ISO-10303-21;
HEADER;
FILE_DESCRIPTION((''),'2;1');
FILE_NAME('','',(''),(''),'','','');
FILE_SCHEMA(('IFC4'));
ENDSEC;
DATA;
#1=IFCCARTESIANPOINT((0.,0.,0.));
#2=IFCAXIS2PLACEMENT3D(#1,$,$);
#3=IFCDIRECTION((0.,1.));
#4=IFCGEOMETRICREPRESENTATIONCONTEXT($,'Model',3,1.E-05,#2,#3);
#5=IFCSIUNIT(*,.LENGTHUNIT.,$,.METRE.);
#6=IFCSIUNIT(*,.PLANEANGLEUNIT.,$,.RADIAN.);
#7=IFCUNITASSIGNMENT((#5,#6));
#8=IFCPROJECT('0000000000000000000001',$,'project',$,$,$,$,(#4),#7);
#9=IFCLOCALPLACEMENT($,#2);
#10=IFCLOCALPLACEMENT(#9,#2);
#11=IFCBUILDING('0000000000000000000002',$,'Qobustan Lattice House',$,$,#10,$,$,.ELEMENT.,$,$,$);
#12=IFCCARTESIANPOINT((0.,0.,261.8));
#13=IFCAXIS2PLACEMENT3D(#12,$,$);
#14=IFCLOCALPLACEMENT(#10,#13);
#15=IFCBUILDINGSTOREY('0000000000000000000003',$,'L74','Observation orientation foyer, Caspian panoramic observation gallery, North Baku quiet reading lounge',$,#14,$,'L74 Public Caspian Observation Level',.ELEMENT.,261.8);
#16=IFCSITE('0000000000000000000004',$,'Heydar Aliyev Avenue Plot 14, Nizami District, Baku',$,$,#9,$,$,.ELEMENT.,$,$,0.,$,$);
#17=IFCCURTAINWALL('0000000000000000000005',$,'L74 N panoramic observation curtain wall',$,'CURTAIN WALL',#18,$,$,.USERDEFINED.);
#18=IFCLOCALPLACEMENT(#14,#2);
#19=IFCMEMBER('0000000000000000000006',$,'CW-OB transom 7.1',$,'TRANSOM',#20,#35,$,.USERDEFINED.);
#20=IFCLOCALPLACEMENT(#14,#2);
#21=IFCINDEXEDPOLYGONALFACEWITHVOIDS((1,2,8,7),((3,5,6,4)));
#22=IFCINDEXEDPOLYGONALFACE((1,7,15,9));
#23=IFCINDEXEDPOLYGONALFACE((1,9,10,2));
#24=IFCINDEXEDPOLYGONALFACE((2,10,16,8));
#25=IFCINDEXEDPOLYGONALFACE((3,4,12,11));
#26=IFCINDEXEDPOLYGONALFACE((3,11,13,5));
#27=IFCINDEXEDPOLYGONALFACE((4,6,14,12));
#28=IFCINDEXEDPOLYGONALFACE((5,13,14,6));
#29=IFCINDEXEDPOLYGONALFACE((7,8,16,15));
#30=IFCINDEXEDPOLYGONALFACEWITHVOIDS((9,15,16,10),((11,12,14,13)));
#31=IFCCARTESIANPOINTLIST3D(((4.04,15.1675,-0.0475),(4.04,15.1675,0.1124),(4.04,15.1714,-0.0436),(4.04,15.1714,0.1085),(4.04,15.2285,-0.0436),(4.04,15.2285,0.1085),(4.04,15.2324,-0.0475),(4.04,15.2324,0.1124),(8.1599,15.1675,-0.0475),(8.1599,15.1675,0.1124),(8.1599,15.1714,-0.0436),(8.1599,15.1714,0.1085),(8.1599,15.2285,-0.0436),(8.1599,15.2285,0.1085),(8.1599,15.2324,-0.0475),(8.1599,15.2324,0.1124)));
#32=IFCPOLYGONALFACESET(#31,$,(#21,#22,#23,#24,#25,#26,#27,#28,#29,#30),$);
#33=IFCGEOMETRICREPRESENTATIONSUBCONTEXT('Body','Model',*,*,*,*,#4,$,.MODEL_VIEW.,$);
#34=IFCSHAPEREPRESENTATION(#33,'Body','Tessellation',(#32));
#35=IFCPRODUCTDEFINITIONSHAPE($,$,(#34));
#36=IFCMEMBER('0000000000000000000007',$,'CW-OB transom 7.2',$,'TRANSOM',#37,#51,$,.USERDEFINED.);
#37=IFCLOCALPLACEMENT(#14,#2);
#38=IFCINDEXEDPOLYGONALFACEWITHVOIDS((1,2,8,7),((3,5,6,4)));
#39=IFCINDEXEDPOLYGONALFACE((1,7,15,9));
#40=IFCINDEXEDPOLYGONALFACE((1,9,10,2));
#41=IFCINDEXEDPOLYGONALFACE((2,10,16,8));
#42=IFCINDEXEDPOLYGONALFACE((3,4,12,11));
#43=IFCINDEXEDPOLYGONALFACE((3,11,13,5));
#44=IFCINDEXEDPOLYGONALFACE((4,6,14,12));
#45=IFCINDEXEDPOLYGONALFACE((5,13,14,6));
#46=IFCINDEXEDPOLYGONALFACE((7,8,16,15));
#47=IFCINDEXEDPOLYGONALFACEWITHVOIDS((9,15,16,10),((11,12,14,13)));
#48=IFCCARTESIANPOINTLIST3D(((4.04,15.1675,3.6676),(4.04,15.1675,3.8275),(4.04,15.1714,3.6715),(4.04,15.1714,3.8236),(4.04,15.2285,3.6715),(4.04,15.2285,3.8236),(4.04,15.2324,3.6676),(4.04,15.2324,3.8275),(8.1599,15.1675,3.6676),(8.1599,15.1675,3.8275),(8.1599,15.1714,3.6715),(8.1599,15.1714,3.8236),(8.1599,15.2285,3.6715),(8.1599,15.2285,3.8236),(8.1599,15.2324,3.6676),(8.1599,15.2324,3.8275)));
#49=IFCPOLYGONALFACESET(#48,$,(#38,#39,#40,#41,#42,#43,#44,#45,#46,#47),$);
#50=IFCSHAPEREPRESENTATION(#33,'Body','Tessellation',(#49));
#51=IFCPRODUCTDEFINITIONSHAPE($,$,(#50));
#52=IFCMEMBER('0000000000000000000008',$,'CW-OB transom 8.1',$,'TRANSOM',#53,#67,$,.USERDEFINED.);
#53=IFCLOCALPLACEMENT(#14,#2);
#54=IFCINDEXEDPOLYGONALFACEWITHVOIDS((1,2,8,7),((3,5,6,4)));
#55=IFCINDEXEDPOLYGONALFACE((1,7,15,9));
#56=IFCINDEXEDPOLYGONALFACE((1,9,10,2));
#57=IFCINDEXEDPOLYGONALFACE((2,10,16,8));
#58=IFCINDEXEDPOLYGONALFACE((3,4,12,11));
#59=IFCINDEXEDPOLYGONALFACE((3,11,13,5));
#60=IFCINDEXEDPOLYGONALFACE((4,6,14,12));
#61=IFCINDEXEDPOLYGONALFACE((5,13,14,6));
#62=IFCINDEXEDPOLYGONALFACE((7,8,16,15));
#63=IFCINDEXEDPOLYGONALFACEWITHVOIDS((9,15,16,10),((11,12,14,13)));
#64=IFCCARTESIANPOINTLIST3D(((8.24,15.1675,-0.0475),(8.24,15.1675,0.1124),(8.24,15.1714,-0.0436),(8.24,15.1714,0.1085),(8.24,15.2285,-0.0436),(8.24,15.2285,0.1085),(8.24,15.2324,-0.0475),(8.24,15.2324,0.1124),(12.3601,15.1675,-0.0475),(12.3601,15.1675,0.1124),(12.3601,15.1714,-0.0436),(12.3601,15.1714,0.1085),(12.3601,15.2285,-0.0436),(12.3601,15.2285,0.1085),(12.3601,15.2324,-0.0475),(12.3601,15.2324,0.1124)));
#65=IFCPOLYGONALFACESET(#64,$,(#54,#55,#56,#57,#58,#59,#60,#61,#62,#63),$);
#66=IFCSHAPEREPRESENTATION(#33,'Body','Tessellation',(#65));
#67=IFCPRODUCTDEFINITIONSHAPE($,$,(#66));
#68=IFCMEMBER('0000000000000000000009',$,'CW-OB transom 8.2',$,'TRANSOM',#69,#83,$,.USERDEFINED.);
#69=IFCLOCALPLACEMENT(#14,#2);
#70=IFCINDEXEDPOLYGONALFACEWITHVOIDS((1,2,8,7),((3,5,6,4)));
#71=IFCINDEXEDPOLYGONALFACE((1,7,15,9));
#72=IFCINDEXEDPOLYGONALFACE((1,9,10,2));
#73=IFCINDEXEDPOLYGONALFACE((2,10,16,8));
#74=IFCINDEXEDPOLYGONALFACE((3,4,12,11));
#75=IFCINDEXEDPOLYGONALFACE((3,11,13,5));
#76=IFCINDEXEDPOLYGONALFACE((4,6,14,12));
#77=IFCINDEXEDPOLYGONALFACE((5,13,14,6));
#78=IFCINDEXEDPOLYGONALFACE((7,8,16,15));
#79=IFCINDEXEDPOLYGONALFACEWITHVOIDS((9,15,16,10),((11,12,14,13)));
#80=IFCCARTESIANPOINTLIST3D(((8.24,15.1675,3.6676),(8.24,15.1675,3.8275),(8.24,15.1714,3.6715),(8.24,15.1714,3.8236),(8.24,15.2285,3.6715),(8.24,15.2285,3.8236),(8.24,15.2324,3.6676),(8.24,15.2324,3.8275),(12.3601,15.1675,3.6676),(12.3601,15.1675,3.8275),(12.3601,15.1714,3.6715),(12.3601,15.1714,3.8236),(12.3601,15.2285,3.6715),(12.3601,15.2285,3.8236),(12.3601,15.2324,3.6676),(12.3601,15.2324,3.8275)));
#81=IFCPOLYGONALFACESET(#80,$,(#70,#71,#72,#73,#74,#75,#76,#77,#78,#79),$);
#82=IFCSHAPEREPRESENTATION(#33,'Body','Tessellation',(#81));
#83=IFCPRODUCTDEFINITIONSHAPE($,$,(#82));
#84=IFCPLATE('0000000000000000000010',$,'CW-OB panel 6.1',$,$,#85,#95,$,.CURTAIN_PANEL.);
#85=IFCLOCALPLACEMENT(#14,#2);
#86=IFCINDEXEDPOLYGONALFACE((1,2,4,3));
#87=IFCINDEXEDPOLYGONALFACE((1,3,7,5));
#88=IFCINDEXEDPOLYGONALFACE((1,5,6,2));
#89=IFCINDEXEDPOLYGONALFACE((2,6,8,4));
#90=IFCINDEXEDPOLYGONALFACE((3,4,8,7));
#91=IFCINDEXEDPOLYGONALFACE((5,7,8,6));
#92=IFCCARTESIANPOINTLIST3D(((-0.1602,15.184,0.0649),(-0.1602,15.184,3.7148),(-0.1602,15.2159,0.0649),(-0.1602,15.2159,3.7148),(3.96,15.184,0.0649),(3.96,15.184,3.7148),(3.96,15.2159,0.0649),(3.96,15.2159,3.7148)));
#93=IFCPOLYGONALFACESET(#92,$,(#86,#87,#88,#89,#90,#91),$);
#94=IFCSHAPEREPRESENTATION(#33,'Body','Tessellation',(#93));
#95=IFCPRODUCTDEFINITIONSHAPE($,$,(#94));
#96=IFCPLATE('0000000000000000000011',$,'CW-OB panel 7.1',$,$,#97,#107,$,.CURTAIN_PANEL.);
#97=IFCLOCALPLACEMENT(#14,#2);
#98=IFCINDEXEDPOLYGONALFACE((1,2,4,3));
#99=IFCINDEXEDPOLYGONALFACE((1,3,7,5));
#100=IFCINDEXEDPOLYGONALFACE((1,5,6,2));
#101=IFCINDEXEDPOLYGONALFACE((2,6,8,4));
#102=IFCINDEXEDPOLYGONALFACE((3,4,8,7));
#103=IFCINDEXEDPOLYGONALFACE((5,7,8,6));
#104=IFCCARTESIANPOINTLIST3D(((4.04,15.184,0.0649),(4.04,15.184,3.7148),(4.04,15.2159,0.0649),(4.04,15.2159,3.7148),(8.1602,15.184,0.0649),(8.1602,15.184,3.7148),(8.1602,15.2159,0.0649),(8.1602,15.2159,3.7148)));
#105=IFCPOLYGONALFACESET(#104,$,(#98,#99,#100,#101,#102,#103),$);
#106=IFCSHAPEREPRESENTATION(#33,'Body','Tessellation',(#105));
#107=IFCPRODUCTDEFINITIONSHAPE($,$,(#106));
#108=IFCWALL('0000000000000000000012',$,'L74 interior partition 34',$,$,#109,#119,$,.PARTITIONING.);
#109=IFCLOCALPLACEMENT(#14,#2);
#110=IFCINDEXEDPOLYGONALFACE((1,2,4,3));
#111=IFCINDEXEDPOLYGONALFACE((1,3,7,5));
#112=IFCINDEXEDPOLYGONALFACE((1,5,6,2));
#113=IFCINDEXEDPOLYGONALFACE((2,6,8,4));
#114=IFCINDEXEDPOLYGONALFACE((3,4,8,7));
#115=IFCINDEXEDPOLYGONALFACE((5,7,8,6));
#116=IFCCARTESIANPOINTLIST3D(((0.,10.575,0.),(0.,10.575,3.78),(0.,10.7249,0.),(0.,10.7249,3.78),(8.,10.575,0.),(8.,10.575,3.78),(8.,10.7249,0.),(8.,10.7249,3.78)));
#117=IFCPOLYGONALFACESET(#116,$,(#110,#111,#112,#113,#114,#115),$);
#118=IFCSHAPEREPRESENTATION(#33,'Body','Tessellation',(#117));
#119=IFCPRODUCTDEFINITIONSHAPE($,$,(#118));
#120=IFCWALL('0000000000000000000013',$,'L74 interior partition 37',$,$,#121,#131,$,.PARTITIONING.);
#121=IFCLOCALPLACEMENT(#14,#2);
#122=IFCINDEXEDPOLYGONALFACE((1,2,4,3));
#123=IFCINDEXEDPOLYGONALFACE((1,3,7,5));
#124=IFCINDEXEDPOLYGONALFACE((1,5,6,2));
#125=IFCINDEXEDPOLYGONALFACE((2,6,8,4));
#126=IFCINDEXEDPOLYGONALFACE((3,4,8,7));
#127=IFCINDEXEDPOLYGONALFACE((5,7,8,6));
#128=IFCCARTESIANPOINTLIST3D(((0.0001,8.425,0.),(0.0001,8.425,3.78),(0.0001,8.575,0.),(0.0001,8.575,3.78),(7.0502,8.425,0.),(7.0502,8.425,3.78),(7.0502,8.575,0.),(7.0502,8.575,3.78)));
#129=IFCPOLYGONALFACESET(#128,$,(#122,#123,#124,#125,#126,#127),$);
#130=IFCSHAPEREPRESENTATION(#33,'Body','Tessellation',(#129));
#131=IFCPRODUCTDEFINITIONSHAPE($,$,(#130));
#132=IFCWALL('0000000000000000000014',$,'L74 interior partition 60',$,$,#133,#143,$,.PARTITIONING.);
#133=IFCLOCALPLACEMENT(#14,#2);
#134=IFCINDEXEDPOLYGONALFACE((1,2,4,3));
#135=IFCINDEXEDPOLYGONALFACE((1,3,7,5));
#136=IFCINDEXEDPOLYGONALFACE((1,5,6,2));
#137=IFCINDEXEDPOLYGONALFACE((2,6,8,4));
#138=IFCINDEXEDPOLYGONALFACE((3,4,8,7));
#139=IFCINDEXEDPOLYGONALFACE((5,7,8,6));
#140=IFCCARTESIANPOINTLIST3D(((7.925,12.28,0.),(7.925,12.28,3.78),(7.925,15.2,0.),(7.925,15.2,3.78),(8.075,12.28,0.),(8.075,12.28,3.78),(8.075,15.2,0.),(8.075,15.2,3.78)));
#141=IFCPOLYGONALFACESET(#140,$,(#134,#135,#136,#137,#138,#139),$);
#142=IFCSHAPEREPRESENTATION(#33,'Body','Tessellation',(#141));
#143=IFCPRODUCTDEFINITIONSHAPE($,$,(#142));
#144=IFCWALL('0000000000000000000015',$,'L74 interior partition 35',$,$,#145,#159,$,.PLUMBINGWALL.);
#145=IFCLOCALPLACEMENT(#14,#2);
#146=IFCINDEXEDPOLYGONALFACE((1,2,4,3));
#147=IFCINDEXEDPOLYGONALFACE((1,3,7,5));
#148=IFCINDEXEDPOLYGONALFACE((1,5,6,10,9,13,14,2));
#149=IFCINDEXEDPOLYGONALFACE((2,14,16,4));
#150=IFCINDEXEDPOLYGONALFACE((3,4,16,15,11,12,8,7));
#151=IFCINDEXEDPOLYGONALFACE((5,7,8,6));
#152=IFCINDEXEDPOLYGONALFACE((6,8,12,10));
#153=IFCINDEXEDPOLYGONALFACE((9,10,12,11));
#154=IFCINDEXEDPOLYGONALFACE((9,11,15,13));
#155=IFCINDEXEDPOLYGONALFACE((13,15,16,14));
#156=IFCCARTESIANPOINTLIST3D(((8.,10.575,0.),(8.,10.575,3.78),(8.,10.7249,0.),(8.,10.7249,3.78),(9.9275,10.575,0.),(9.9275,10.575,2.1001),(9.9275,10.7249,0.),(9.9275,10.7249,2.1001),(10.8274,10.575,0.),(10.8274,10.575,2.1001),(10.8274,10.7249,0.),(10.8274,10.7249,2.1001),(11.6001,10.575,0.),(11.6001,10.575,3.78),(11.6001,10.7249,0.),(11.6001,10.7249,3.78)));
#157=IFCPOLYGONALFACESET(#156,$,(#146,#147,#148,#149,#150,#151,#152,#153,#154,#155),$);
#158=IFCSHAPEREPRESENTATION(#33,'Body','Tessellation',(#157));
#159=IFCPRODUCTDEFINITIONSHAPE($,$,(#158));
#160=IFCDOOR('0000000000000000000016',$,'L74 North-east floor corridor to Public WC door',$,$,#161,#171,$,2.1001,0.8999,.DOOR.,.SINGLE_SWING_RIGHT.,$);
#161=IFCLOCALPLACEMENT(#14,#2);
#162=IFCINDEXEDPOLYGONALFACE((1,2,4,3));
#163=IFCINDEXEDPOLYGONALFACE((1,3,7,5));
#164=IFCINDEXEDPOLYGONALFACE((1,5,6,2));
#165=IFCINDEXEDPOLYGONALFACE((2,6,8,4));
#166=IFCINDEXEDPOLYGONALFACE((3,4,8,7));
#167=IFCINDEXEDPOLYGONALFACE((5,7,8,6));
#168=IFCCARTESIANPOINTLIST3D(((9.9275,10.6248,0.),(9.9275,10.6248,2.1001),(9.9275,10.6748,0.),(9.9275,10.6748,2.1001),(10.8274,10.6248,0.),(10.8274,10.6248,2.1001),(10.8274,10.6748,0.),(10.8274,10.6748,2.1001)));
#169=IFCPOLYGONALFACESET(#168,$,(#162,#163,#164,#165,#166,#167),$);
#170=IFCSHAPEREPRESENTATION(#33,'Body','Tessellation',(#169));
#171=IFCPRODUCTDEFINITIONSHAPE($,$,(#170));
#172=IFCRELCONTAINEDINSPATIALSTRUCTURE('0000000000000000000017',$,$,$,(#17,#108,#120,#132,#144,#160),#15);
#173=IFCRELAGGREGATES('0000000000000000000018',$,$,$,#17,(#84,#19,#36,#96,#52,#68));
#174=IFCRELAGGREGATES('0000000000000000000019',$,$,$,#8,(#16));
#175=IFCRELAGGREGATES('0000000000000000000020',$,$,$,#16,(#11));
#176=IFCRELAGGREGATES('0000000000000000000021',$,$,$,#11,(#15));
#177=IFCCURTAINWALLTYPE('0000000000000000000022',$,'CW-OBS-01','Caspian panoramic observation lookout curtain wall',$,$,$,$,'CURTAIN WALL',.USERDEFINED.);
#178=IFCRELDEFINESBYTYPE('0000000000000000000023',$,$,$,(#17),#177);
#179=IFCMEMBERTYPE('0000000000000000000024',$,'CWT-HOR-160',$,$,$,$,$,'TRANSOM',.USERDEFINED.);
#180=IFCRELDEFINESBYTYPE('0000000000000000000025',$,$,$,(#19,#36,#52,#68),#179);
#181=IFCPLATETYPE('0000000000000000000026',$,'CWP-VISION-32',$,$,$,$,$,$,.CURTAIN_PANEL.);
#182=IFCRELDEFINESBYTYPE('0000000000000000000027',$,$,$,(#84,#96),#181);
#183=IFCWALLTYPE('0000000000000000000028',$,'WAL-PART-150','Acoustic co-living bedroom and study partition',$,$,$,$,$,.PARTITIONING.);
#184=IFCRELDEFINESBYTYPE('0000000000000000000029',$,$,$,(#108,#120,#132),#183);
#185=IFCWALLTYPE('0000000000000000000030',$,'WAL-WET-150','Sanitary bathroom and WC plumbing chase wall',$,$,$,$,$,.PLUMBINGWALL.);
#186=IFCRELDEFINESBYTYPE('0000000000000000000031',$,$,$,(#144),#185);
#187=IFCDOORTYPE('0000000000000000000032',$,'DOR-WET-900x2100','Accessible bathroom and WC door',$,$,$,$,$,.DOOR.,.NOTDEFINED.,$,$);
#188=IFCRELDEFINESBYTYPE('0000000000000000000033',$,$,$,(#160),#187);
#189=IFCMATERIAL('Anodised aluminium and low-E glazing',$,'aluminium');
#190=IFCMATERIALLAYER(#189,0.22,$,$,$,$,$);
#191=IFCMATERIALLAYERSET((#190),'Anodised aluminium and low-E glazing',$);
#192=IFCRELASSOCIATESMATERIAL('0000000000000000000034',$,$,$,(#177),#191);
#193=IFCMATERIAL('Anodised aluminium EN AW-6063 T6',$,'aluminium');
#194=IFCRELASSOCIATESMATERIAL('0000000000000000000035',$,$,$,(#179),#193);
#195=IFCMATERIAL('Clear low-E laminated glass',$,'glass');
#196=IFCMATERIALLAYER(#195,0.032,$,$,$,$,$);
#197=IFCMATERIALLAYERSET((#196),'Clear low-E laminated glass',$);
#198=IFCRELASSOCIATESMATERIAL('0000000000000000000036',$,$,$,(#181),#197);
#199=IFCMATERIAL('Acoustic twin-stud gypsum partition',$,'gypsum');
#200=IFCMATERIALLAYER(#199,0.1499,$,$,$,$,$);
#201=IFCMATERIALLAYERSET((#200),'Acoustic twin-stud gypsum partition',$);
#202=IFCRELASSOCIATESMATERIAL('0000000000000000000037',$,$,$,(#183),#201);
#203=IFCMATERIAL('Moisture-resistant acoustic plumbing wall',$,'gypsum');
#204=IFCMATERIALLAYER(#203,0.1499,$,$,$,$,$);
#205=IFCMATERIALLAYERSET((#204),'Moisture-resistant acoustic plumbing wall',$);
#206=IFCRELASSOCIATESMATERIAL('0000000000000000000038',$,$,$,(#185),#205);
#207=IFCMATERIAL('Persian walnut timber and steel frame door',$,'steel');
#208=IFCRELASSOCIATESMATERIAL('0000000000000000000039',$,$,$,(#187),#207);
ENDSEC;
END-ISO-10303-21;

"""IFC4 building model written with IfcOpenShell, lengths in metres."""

from ifc_helpers import new_model, si_unit, direction, frame, frame_2d, origin, origin_2d, place, context, subcontext, project, spatial, rectangle, hollow_rectangle, extrude, material, layer, layer_set, material_profile, profile_set, type_object, element, fill, aggregate, save


model = new_model("IFC4")

# Units and contexts
model_context = context("Model", 3, precision=1e-05, world=origin(), true_north=direction((0.0, 1.0)))
body_context = subcontext(model_context, "Body", "Model", "MODEL_VIEW")
ifc_project = project(units=[si_unit("LENGTHUNIT", "METRE"), si_unit("PLANEANGLEUNIT", "RADIAN")], contexts=[model_context])

# Site, building, storey
site_placement = place(None, origin())
site = spatial("IfcSite", under=ifc_project, at=site_placement, Name="Heydar Aliyev Avenue Plot 14, Nizami District, Baku", CompositionType="ELEMENT", RefElevation=0.0)
building_placement = place(site_placement, origin())
building = spatial("IfcBuilding", under=site, at=building_placement, Name="Qobustan Lattice House", CompositionType="ELEMENT")
storey_placement = place(building_placement, frame((0.0, 0.0, 261.8)))
storey = spatial("IfcBuildingStorey", under=building, at=storey_placement, Name="L74", Description="Observation orientation foyer, Caspian panoramic observation gallery, North Baku quiet reading lounge", LongName="L74 Public Caspian Observation Level", CompositionType="ELEMENT", Elevation=261.8)

# Curtain wall, members, plates
ifc_material_1 = material(Name="Anodised aluminium and low-E glazing", Category="aluminium")
ifc_layer_1 = layer(ifc_material_1, 0.22)
ifc_layer_set_1 = layer_set([ifc_layer_1], Name="Anodised aluminium and low-E glazing")
curtain_wall_type = type_object("IfcCurtainWallType", Name="CW-OBS-01", Description="Caspian panoramic observation lookout curtain wall", ElementType="CURTAIN WALL", PredefinedType="USERDEFINED", material=ifc_layer_set_1)
curtain_wall_placement = place(storey_placement, origin())
curtain_wall = element("IfcCurtainWall", 1, at=curtain_wall_placement, inside=storey, type_object=curtain_wall_type, Name="L74 N panoramic observation curtain wall", ObjectType="CURTAIN WALL", PredefinedType="USERDEFINED")
ifc_material_2 = material(Name="Anodised aluminium EN AW-6063 T6", Category="aluminium")
ifc_material_profile_1 = material_profile(ifc_material_2, hollow_rectangle(XDim=0.0649, YDim=0.1599, WallThickness=0.0039, at=origin_2d()), Name="CWT-160x65")
ifc_profile_set_1 = profile_set([ifc_material_profile_1], Name="Anodised aluminium EN AW-6063 T6")
member_type_1 = type_object("IfcMemberType", Name="CWT-HOR-160", ElementType="TRANSOM", PredefinedType="USERDEFINED", material=ifc_profile_set_1)
member_1_placement = place(storey_placement, frame((4.04, 15.2, 0.0325), z_axis=(1.0, 0.0, 0.0), x_axis=(0.0, 1.0, 0.0)))
member_1 = element("IfcMember", 2, at=member_1_placement, type_object=member_type_1, Name="CW-OB transom 7.1", ObjectType="TRANSOM", PredefinedType="USERDEFINED", context=body_context, shape_type="SweptSolid", body=[
    extrude(hollow_rectangle(XDim=0.0649, YDim=0.1599, WallThickness=0.0039, at=origin_2d()), origin(), (0.0, 0.0, 1.0), 4.1199),
])
member_2_placement = place(storey_placement, frame((4.04, 15.2, 3.7476), z_axis=(1.0, 0.0, 0.0), x_axis=(0.0, 1.0, 0.0)))
member_2 = element("IfcMember", 3, at=member_2_placement, type_object=member_type_1, Name="CW-OB transom 7.2", ObjectType="TRANSOM", PredefinedType="USERDEFINED", context=body_context, shape_type="SweptSolid", body=[
    extrude(hollow_rectangle(XDim=0.0649, YDim=0.1599, WallThickness=0.0039, at=origin_2d()), origin(), (0.0, 0.0, 1.0), 4.1199),
])
member_3_placement = place(storey_placement, frame((8.24, 15.2, 0.0325), z_axis=(1.0, 0.0, 0.0), x_axis=(0.0, 1.0, 0.0)))
member_3 = element("IfcMember", 4, at=member_3_placement, type_object=member_type_1, Name="CW-OB transom 8.1", ObjectType="TRANSOM", PredefinedType="USERDEFINED", context=body_context, shape_type="SweptSolid", body=[
    extrude(hollow_rectangle(XDim=0.0649, YDim=0.1599, WallThickness=0.0039, at=origin_2d()), origin(), (0.0, 0.0, 1.0), 4.1201),
])
member_4_placement = place(storey_placement, frame((8.24, 15.2, 3.7476), z_axis=(1.0, 0.0, 0.0), x_axis=(0.0, 1.0, 0.0)))
member_4 = element("IfcMember", 5, at=member_4_placement, type_object=member_type_1, Name="CW-OB transom 8.2", ObjectType="TRANSOM", PredefinedType="USERDEFINED", context=body_context, shape_type="SweptSolid", body=[
    extrude(hollow_rectangle(XDim=0.0649, YDim=0.1599, WallThickness=0.0039, at=origin_2d()), origin(), (0.0, 0.0, 1.0), 4.1201),
])
ifc_material_3 = material(Name="Clear low-E laminated glass", Category="glass")
ifc_layer_2 = layer(ifc_material_3, 0.032)
ifc_layer_set_2 = layer_set([ifc_layer_2], Name="Clear low-E laminated glass")
plate_type = type_object("IfcPlateType", Name="CWP-VISION-32", PredefinedType="CURTAIN_PANEL", material=ifc_layer_set_2)
plate_1_placement = place(storey_placement, frame((1.8999, 15.2, 0.0649), z_axis=(0.0, 0.0, 1.0), x_axis=(1.0, 0.0, 0.0)))
plate_1 = element("IfcPlate", 6, at=plate_1_placement, type_object=plate_type, Name="CW-OB panel 6.1", PredefinedType="CURTAIN_PANEL", context=body_context, shape_type="SweptSolid", body=[
    extrude(rectangle(XDim=4.1201, YDim=0.032, at=origin_2d()), origin(), (0.0, 0.0, 1.0), 3.6499),
])
plate_2_placement = place(storey_placement, frame((6.1001, 15.2, 0.0649), z_axis=(0.0, 0.0, 1.0), x_axis=(1.0, 0.0, 0.0)))
plate_2 = element("IfcPlate", 7, at=plate_2_placement, type_object=plate_type, Name="CW-OB panel 7.1", PredefinedType="CURTAIN_PANEL", context=body_context, shape_type="SweptSolid", body=[
    extrude(rectangle(XDim=4.1201, YDim=0.032, at=origin_2d()), origin(), (0.0, 0.0, 1.0), 3.6499),
])
aggregate(curtain_wall, [plate_1, member_1, member_2, plate_2, member_3, member_4])

# Walls
ifc_material_4 = material(Name="Acoustic twin-stud gypsum partition", Category="gypsum")
ifc_layer_3 = layer(ifc_material_4, 0.1499)
ifc_layer_set_3 = layer_set([ifc_layer_3], Name="Acoustic twin-stud gypsum partition")
wall_type_1 = type_object("IfcWallType", Name="WAL-PART-150", Description="Acoustic co-living bedroom and study partition", PredefinedType="PARTITIONING", material=ifc_layer_set_3)
wall_1_placement = place(storey_placement, frame((0.0, 10.6499, 0.0), z_axis=(0.0, 0.0, 1.0), x_axis=(1.0, 0.0, 0.0)))
element("IfcWall", 8, at=wall_1_placement, inside=storey, type_object=wall_type_1, Name="L74 interior partition 34", PredefinedType="PARTITIONING", context=body_context, shape_type="SweptSolid", body=[
    extrude(rectangle(XDim=8.0, YDim=0.1499, at=frame_2d((4.0, 0.0))), origin(), (0.0, 0.0, 1.0), 3.78),
])
wall_2_placement = place(storey_placement, frame((7.05, 8.5, 0.0), z_axis=(0.0, 0.0, 1.0), x_axis=(-1.0, 0.0, 0.0)))
element("IfcWall", 9, at=wall_2_placement, inside=storey, type_object=wall_type_1, Name="L74 interior partition 37", PredefinedType="PARTITIONING", context=body_context, shape_type="SweptSolid", body=[
    extrude(rectangle(XDim=7.05, YDim=0.1499, at=frame_2d((3.5249, 0.0))), origin(), (0.0, 0.0, 1.0), 3.78),
])
wall_3_placement = place(storey_placement, frame((8.0, 15.2, 0.0), z_axis=(0.0, 0.0, 1.0), x_axis=(0.0, -1.0, 0.0)))
element("IfcWall", 10, at=wall_3_placement, inside=storey, type_object=wall_type_1, Name="L74 interior partition 60", PredefinedType="PARTITIONING", context=body_context, shape_type="SweptSolid", body=[
    extrude(rectangle(XDim=2.9199, YDim=0.1499, at=frame_2d((1.46, 0.0))), origin(), (0.0, 0.0, 1.0), 3.78),
])

# Wall, opening, door
ifc_material_5 = material(Name="Moisture-resistant acoustic plumbing wall", Category="gypsum")
ifc_layer_4 = layer(ifc_material_5, 0.1499)
ifc_layer_set_4 = layer_set([ifc_layer_4], Name="Moisture-resistant acoustic plumbing wall")
wall_type_2 = type_object("IfcWallType", Name="WAL-WET-150", Description="Sanitary bathroom and WC plumbing chase wall", PredefinedType="PLUMBINGWALL", material=ifc_layer_set_4)
wall_4_placement = place(storey_placement, frame((8.0, 10.6499, 0.0), z_axis=(0.0, 0.0, 1.0), x_axis=(1.0, 0.0, 0.0)))
wall_4 = element("IfcWall", 11, at=wall_4_placement, inside=storey, type_object=wall_type_2, Name="L74 interior partition 35", PredefinedType="PLUMBINGWALL", context=body_context, shape_type="SweptSolid", body=[
    extrude(rectangle(XDim=3.6001, YDim=0.1499, at=frame_2d((1.8, 0.0))), origin(), (0.0, 0.0, 1.0), 3.78),
])
opening_1_placement = place(wall_4_placement, frame((1.9275, 0.0, 0.0)))
opening_1 = element("IfcOpeningElement", 12, at=opening_1_placement, cuts=wall_4, PredefinedType="OPENING", context=body_context, shape_type="SweptSolid", body=[
    extrude(rectangle(XDim=0.8999, YDim=2.1001, at=frame_2d((0.45, 1.05))), frame((0.0, 0.085, 0.0), z_axis=(0.0, -1.0, 0.0), x_axis=(1.0, 0.0, 0.0)), (0.0, 0.0, 1.0), 0.1699),
])
ifc_material_6 = material(Name="Persian walnut timber and steel frame door", Category="steel")
door_type_1 = type_object("IfcDoorType", Name="DOR-WET-900x2100", Description="Accessible bathroom and WC door", OperationType="NOTDEFINED", PredefinedType="DOOR", material=ifc_material_6)
door_1_placement = place(opening_1_placement, origin())
door_1 = element("IfcDoor", 13, at=door_1_placement, inside=storey, type_object=door_type_1, Name="L74 North-east floor corridor to Public WC door", OperationType="SINGLE_SWING_RIGHT", OverallHeight=2.1001, OverallWidth=0.8999, PredefinedType="DOOR", context=body_context, shape_type="SweptSolid", body=[
    extrude(rectangle(XDim=0.8999, YDim=2.1001, at=frame_2d((0.45, 1.05))), frame((0.0, 0.0249, 0.0), z_axis=(0.0, -1.0, 0.0), x_axis=(1.0, 0.0, 0.0)), (0.0, 0.0, 1.0), 0.05),
])
fill(opening_1, door_1)

save(model, "model.ifc")
